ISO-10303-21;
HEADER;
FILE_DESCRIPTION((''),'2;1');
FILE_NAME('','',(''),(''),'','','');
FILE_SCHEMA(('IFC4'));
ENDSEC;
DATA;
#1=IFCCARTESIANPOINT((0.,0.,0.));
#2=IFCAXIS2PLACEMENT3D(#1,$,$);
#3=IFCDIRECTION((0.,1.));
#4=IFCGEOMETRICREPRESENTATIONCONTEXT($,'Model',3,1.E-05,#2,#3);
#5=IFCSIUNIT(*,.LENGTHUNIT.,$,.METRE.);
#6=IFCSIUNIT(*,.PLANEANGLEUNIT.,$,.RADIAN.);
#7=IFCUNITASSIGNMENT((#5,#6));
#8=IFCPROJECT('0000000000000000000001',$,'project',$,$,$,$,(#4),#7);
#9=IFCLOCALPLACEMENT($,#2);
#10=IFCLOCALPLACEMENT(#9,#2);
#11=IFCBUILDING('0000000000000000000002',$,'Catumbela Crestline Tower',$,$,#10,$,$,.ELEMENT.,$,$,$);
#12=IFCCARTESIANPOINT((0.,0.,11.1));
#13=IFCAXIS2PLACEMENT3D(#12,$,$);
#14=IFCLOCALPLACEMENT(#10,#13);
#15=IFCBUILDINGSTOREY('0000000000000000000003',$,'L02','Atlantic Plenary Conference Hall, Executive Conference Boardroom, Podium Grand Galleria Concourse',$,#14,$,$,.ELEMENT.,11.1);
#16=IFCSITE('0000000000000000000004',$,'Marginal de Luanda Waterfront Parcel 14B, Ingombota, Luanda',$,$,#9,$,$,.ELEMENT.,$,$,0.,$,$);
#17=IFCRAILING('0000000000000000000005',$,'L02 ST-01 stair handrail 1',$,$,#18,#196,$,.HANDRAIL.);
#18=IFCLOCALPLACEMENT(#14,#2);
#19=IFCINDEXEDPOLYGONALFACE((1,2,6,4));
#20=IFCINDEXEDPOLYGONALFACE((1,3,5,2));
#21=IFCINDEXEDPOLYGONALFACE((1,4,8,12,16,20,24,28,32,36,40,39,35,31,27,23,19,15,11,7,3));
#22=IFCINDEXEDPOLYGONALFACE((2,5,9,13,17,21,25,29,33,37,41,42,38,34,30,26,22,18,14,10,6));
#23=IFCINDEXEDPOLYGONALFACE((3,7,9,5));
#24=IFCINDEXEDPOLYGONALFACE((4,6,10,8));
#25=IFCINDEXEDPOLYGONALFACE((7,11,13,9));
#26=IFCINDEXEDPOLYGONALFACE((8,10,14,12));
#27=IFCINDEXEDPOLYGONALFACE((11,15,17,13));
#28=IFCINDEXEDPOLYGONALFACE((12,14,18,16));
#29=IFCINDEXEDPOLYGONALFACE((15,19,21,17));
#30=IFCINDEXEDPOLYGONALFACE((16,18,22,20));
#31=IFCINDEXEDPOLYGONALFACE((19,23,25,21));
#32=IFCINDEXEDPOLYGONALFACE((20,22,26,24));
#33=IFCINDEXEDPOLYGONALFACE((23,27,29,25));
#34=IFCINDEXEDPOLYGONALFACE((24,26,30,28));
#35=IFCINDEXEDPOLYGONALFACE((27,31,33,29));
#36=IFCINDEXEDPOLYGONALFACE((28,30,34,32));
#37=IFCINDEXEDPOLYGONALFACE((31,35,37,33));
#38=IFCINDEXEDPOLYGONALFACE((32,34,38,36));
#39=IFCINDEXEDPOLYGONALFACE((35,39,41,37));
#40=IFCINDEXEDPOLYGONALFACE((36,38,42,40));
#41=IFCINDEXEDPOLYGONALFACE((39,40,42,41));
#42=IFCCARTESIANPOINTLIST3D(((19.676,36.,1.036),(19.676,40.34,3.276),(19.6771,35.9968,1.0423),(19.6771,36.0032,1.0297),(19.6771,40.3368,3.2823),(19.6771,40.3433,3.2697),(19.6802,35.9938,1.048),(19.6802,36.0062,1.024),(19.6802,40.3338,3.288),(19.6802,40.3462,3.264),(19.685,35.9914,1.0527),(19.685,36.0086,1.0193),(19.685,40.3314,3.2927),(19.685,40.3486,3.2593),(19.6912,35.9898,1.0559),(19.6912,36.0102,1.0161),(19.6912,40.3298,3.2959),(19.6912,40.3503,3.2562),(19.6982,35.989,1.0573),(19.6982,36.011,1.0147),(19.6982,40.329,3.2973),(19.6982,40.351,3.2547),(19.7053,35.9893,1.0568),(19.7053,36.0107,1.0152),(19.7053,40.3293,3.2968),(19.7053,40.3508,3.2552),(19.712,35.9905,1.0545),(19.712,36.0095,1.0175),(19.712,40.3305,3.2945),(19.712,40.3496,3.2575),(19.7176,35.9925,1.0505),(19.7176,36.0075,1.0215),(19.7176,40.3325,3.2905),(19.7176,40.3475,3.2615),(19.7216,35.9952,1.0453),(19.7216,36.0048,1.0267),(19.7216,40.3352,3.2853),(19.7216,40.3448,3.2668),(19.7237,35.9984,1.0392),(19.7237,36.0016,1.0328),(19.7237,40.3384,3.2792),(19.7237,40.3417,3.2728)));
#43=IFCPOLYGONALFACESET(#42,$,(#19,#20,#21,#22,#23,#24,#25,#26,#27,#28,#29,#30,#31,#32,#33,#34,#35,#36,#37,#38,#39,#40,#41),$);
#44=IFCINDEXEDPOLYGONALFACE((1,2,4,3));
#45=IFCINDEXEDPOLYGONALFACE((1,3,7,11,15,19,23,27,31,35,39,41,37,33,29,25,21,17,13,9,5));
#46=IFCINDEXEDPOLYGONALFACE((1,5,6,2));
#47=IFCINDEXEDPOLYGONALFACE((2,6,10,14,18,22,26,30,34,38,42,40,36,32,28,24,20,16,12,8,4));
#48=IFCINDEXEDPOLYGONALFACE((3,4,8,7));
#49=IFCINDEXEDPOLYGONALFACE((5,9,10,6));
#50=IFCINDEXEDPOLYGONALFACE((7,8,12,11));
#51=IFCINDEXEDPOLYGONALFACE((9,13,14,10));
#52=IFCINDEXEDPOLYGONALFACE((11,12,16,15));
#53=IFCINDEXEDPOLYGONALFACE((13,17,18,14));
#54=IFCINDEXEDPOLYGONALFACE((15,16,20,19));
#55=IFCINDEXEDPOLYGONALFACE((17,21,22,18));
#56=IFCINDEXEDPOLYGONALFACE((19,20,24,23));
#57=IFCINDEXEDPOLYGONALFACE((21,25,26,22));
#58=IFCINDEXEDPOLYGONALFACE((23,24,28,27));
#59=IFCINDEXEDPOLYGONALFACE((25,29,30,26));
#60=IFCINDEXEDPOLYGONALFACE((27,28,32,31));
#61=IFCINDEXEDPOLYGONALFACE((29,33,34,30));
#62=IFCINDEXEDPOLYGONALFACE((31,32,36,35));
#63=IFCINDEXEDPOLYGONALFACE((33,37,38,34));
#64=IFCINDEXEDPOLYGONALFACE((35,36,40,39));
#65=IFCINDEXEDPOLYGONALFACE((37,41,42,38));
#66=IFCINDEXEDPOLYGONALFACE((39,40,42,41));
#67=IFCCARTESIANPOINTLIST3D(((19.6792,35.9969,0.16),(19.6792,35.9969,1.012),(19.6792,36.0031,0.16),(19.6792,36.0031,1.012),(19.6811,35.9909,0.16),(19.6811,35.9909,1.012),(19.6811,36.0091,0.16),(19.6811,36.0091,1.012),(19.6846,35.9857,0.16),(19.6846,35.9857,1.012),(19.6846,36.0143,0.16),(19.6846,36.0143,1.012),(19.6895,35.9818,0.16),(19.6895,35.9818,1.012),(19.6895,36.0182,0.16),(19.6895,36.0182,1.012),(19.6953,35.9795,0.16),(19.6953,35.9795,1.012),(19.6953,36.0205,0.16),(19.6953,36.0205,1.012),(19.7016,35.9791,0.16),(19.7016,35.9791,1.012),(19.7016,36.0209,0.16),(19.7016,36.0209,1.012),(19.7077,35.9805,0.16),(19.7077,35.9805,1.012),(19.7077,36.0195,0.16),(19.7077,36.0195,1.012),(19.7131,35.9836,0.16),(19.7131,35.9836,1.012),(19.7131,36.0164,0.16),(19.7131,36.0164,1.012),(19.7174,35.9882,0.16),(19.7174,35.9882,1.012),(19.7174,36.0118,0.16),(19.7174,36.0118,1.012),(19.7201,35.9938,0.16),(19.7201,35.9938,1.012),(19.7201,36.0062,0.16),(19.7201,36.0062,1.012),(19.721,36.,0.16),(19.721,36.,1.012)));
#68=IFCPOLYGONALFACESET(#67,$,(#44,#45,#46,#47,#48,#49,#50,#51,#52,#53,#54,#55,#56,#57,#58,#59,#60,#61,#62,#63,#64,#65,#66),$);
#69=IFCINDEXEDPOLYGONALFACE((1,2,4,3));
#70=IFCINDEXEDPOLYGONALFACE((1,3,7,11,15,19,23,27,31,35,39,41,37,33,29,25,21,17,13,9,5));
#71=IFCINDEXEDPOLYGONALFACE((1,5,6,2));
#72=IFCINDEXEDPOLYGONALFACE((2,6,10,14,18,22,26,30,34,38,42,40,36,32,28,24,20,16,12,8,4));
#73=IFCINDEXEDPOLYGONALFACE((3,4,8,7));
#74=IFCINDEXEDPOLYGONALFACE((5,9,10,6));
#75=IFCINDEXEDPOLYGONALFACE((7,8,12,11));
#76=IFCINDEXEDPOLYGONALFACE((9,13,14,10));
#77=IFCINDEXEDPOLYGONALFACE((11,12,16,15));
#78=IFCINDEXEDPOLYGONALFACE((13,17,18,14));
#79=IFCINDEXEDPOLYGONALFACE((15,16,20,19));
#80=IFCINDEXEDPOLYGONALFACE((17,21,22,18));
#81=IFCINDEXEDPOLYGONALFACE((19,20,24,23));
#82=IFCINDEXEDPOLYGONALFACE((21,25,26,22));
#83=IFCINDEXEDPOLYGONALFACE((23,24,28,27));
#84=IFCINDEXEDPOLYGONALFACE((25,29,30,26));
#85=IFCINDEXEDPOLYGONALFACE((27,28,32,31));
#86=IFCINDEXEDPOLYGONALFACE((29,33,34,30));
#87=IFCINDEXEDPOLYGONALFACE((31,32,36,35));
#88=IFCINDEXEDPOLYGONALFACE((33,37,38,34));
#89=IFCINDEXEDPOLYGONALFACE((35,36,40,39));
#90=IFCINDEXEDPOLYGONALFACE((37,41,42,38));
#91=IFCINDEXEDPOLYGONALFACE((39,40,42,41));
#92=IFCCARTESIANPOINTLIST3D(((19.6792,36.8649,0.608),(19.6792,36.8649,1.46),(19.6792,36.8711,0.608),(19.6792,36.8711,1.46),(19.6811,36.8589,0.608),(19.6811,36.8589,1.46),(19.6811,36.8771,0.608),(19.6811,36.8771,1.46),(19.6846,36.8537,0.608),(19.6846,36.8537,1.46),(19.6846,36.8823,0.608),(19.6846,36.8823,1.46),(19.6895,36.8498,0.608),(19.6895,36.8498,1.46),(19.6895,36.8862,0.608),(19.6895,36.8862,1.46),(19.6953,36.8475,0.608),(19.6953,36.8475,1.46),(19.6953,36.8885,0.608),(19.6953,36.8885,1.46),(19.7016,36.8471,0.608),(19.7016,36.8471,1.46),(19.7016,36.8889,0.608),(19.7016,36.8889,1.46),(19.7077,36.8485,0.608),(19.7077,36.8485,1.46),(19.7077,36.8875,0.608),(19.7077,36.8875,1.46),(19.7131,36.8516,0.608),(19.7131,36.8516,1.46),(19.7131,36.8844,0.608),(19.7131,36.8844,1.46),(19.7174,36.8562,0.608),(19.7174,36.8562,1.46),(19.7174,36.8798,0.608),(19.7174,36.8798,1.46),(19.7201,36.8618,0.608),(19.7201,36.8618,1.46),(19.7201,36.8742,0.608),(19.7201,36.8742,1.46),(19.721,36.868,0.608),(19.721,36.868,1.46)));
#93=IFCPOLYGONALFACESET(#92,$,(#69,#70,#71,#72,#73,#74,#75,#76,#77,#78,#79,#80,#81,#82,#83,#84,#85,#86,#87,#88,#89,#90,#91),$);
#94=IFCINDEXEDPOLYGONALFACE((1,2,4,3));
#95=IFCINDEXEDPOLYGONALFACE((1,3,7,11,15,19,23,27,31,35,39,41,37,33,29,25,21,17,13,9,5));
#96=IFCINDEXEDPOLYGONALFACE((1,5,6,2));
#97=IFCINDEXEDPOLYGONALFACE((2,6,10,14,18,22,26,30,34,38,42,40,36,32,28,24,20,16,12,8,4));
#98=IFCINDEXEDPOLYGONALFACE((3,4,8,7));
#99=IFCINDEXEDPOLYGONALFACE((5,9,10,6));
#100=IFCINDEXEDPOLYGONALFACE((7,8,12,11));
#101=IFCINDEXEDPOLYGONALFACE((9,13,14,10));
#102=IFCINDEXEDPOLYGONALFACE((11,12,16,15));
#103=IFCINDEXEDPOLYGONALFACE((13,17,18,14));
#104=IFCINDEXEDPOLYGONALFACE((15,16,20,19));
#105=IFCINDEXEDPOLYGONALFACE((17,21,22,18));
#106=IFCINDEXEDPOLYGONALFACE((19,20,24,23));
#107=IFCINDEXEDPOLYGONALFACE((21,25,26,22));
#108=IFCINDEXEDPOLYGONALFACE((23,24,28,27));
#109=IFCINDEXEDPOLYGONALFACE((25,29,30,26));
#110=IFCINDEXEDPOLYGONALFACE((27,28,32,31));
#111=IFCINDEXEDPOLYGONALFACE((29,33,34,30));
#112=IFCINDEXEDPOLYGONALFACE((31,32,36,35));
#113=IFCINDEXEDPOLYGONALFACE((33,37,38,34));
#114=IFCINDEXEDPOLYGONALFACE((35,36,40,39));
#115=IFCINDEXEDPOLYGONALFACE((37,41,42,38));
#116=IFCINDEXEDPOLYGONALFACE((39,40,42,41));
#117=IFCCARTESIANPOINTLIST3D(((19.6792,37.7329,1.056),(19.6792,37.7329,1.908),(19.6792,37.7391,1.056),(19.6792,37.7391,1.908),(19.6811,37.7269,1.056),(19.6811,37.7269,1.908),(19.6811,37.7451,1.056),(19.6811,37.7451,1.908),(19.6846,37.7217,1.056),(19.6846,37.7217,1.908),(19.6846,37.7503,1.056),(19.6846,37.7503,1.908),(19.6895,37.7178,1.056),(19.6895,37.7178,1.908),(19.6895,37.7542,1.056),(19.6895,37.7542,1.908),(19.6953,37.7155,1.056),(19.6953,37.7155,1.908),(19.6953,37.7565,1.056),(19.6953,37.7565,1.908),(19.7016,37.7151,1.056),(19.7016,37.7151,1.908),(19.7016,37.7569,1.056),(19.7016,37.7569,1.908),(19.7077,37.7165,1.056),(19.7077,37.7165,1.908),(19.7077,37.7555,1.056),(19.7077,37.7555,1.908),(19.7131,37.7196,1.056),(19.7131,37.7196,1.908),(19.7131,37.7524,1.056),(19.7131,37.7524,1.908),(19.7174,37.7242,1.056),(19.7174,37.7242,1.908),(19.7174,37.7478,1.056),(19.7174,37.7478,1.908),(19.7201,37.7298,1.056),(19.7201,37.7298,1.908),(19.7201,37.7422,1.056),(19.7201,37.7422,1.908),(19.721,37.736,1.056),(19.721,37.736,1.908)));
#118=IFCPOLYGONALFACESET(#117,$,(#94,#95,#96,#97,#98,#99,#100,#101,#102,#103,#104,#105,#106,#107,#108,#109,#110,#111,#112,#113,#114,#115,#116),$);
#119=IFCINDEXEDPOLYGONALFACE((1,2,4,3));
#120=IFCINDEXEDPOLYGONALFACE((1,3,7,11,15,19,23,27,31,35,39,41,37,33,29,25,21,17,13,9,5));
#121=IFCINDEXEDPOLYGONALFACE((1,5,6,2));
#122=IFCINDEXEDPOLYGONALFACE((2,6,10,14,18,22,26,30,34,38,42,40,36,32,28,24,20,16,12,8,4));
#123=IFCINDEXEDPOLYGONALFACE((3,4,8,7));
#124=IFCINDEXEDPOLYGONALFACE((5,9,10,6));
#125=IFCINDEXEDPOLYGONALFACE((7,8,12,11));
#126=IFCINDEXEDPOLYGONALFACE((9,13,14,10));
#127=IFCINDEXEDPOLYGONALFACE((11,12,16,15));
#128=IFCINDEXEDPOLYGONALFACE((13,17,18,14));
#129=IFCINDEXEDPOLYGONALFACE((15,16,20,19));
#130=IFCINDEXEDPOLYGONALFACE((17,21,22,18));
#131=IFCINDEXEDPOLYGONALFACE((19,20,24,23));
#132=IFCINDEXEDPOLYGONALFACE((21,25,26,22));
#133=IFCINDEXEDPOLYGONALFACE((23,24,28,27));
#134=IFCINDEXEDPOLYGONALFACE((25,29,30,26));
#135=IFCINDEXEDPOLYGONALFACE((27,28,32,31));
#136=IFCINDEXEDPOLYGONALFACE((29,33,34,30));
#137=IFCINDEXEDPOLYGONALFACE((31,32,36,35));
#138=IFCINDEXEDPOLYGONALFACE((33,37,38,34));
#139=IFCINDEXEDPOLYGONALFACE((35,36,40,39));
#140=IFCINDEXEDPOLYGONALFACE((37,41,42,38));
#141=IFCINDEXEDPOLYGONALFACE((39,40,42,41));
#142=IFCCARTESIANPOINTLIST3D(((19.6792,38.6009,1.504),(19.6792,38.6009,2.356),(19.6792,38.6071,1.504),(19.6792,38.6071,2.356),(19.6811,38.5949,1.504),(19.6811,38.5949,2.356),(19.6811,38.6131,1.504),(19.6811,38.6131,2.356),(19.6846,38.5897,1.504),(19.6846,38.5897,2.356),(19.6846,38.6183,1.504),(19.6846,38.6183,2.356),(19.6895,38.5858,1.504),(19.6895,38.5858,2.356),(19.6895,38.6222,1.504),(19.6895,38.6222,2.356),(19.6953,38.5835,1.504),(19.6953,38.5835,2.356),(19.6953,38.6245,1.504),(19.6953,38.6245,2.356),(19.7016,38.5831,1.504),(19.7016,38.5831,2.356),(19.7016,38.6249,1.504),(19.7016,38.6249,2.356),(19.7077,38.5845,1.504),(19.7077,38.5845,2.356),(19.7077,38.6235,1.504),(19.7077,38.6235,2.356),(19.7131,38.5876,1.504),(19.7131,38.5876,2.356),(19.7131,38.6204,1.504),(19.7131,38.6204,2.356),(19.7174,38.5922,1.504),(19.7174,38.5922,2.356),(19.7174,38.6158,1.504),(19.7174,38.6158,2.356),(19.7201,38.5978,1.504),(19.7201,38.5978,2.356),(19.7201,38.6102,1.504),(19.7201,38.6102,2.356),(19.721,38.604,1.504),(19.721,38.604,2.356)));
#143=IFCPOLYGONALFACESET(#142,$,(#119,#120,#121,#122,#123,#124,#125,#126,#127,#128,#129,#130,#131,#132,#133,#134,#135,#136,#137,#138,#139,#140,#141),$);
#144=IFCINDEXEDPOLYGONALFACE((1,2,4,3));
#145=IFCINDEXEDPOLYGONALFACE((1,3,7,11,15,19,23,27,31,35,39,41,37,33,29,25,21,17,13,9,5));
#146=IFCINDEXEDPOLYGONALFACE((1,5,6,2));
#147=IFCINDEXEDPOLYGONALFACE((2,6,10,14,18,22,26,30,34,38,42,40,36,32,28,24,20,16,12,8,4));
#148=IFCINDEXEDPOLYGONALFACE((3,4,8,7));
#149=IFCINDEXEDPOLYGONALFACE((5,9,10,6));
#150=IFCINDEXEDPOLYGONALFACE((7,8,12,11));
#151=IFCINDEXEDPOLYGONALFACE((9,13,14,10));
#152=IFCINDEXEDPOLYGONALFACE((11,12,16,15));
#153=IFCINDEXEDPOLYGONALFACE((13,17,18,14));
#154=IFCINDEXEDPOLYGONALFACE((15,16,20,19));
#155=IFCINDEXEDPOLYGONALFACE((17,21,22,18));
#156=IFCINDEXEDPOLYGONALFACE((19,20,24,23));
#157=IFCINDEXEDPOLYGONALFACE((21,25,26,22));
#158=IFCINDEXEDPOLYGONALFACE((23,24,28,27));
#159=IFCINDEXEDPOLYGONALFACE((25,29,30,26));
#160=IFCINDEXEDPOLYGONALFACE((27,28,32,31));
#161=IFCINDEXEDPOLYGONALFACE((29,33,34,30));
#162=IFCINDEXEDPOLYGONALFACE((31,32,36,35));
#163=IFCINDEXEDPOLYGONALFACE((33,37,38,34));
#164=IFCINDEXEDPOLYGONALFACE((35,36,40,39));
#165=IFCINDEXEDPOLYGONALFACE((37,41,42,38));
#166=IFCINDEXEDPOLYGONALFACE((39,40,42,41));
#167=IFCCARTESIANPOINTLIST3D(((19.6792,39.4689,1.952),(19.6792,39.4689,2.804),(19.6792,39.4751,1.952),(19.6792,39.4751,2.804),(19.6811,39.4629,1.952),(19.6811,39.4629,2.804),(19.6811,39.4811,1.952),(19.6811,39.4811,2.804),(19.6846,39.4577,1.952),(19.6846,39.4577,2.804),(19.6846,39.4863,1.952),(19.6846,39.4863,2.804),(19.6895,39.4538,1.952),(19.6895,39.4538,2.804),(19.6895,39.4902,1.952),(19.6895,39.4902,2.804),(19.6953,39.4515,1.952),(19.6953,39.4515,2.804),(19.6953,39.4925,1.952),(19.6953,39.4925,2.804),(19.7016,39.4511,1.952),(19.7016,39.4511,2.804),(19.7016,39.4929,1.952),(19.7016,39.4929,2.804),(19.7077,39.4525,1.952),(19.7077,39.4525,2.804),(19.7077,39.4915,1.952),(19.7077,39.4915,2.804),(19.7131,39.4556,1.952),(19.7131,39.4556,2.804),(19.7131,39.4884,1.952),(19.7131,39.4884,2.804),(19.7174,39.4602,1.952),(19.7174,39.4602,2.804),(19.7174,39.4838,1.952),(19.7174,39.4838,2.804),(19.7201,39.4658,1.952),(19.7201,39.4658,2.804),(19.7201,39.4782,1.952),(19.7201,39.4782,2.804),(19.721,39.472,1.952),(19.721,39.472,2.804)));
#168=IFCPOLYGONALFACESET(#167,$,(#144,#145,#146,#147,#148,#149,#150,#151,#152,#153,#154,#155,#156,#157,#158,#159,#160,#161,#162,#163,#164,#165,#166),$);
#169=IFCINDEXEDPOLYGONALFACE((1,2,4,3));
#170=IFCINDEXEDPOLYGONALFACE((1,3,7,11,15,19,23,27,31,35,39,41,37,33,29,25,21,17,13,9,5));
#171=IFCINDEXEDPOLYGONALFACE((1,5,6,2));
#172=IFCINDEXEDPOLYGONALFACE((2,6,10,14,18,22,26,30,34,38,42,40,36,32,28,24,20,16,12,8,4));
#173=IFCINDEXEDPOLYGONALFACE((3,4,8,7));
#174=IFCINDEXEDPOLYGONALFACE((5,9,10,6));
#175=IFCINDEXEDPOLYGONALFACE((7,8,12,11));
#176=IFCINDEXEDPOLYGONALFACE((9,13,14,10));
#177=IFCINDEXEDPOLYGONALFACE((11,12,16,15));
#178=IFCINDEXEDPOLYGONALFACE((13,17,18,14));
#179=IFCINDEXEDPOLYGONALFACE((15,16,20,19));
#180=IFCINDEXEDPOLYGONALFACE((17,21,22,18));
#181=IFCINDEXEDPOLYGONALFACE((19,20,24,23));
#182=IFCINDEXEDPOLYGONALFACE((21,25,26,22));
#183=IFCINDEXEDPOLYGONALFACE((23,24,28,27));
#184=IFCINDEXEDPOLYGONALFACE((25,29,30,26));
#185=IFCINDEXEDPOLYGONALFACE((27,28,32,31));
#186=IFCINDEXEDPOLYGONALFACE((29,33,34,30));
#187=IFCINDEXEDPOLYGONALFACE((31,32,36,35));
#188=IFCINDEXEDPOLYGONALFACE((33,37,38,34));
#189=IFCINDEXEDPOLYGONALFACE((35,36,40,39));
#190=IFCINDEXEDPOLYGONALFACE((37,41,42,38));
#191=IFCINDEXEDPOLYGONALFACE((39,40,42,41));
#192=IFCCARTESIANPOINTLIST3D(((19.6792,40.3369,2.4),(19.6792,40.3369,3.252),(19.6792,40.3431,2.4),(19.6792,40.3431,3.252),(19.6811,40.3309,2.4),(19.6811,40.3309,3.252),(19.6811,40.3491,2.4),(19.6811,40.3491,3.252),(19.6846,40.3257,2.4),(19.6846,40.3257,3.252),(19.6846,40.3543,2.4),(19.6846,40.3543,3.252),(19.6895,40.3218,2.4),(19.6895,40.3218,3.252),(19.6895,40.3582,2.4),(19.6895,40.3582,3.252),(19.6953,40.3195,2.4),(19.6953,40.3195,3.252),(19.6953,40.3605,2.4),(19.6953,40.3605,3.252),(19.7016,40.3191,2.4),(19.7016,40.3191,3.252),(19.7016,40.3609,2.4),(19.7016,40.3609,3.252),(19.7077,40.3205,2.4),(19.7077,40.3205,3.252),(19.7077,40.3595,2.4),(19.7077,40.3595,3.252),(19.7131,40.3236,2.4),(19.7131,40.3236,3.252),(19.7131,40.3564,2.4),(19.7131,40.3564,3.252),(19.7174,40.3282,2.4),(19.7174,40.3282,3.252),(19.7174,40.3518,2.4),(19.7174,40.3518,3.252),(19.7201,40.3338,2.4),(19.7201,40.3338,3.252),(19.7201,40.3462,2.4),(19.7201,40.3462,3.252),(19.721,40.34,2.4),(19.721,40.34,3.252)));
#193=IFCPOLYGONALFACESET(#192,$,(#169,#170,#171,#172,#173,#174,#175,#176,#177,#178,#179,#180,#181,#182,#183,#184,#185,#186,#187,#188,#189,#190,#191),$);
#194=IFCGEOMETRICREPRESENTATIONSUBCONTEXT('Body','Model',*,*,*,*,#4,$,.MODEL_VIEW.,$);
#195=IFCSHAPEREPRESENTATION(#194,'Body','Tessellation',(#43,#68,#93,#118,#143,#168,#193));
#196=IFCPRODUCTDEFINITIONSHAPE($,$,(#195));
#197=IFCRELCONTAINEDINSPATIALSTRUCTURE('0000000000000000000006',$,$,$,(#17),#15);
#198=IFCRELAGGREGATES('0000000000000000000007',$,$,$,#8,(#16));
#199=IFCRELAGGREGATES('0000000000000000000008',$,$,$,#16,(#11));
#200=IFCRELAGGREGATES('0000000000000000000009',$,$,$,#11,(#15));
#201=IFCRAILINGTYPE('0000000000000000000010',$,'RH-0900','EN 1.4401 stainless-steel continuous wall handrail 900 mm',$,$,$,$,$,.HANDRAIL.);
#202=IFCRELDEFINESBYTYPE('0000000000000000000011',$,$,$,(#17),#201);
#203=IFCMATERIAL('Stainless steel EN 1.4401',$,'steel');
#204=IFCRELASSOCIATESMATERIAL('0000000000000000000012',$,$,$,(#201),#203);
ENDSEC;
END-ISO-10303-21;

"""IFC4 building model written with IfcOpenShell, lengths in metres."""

from ifc_helpers import new_model, si_unit, direction, frame, origin, origin_2d, place, context, subcontext, project, spatial, circle, extrude, material, type_object, element, save


model = new_model("IFC4")

# Units and contexts
model_context = context("Model", 3, precision=1e-05, world=origin(), true_north=direction((0.0, 1.0)))
body_context = subcontext(model_context, "Body", "Model", "MODEL_VIEW")
ifc_project = project(units=[si_unit("LENGTHUNIT", "METRE"), si_unit("PLANEANGLEUNIT", "RADIAN")], contexts=[model_context])

# Site, building, storey
site_placement = place(None, origin())
site = spatial("IfcSite", under=ifc_project, at=site_placement, Name="Marginal de Luanda Waterfront Parcel 14B, Ingombota, Luanda", CompositionType="ELEMENT", RefElevation=0.0)
building_placement = place(site_placement, origin())
building = spatial("IfcBuilding", under=site, at=building_placement, Name="Catumbela Crestline Tower", CompositionType="ELEMENT")
storey_placement = place(building_placement, frame((0.0, 0.0, 11.1)))
storey = spatial("IfcBuildingStorey", under=building, at=storey_placement, Name="L02", Description="Atlantic Plenary Conference Hall, Executive Conference Boardroom, Podium Grand Galleria Concourse", CompositionType="ELEMENT", Elevation=11.1)

# Shared definitions
ifc_material_1 = material(Name="Stainless steel EN 1.4401", Category="steel")

# Railing
railing_type_1 = type_object("IfcRailingType", Name="RH-0900", Description="EN 1.4401 stainless-steel continuous wall handrail 900 mm", PredefinedType="HANDRAIL", material=ifc_material_1)
for number, where, name in (
    (1, (19.7, 36.0, 0.16), "L02 ST-01 stair handrail 1"),
):
    element("IfcRailing", number, at=place(storey_placement, frame(where)), inside=storey, type_object=railing_type_1, Name=name, PredefinedType="HANDRAIL", context=body_context, shape_type="SweptSolid", body=[
        extrude(circle(Radius=0.024, at=origin_2d()), frame((0.0, 0.0, 0.876), z_axis=(0.0, 0.888621, 0.458643), x_axis=(-1.0, 0.0, 0.0)), (0.0, 0.0, 1.0), 4.884),
        extrude(circle(Radius=0.021, at=origin_2d()), origin(), (0.0, 0.0, 1.0), 0.852),
        extrude(circle(Radius=0.021, at=origin_2d()), frame((0.0, 0.868, 0.448)), (0.0, 0.0, 1.0), 0.852),
        extrude(circle(Radius=0.021, at=origin_2d()), frame((0.0, 1.736, 0.896)), (0.0, 0.0, 1.0), 0.852),
        extrude(circle(Radius=0.021, at=origin_2d()), frame((0.0, 2.604, 1.344)), (0.0, 0.0, 1.0), 0.852),
        extrude(circle(Radius=0.021, at=origin_2d()), frame((0.0, 3.472, 1.792)), (0.0, 0.0, 1.0), 0.852),
        extrude(circle(Radius=0.021, at=origin_2d()), frame((0.0, 4.34, 2.24)), (0.0, 0.0, 1.0), 0.852),
    ])

save(model, "model.ifc")
